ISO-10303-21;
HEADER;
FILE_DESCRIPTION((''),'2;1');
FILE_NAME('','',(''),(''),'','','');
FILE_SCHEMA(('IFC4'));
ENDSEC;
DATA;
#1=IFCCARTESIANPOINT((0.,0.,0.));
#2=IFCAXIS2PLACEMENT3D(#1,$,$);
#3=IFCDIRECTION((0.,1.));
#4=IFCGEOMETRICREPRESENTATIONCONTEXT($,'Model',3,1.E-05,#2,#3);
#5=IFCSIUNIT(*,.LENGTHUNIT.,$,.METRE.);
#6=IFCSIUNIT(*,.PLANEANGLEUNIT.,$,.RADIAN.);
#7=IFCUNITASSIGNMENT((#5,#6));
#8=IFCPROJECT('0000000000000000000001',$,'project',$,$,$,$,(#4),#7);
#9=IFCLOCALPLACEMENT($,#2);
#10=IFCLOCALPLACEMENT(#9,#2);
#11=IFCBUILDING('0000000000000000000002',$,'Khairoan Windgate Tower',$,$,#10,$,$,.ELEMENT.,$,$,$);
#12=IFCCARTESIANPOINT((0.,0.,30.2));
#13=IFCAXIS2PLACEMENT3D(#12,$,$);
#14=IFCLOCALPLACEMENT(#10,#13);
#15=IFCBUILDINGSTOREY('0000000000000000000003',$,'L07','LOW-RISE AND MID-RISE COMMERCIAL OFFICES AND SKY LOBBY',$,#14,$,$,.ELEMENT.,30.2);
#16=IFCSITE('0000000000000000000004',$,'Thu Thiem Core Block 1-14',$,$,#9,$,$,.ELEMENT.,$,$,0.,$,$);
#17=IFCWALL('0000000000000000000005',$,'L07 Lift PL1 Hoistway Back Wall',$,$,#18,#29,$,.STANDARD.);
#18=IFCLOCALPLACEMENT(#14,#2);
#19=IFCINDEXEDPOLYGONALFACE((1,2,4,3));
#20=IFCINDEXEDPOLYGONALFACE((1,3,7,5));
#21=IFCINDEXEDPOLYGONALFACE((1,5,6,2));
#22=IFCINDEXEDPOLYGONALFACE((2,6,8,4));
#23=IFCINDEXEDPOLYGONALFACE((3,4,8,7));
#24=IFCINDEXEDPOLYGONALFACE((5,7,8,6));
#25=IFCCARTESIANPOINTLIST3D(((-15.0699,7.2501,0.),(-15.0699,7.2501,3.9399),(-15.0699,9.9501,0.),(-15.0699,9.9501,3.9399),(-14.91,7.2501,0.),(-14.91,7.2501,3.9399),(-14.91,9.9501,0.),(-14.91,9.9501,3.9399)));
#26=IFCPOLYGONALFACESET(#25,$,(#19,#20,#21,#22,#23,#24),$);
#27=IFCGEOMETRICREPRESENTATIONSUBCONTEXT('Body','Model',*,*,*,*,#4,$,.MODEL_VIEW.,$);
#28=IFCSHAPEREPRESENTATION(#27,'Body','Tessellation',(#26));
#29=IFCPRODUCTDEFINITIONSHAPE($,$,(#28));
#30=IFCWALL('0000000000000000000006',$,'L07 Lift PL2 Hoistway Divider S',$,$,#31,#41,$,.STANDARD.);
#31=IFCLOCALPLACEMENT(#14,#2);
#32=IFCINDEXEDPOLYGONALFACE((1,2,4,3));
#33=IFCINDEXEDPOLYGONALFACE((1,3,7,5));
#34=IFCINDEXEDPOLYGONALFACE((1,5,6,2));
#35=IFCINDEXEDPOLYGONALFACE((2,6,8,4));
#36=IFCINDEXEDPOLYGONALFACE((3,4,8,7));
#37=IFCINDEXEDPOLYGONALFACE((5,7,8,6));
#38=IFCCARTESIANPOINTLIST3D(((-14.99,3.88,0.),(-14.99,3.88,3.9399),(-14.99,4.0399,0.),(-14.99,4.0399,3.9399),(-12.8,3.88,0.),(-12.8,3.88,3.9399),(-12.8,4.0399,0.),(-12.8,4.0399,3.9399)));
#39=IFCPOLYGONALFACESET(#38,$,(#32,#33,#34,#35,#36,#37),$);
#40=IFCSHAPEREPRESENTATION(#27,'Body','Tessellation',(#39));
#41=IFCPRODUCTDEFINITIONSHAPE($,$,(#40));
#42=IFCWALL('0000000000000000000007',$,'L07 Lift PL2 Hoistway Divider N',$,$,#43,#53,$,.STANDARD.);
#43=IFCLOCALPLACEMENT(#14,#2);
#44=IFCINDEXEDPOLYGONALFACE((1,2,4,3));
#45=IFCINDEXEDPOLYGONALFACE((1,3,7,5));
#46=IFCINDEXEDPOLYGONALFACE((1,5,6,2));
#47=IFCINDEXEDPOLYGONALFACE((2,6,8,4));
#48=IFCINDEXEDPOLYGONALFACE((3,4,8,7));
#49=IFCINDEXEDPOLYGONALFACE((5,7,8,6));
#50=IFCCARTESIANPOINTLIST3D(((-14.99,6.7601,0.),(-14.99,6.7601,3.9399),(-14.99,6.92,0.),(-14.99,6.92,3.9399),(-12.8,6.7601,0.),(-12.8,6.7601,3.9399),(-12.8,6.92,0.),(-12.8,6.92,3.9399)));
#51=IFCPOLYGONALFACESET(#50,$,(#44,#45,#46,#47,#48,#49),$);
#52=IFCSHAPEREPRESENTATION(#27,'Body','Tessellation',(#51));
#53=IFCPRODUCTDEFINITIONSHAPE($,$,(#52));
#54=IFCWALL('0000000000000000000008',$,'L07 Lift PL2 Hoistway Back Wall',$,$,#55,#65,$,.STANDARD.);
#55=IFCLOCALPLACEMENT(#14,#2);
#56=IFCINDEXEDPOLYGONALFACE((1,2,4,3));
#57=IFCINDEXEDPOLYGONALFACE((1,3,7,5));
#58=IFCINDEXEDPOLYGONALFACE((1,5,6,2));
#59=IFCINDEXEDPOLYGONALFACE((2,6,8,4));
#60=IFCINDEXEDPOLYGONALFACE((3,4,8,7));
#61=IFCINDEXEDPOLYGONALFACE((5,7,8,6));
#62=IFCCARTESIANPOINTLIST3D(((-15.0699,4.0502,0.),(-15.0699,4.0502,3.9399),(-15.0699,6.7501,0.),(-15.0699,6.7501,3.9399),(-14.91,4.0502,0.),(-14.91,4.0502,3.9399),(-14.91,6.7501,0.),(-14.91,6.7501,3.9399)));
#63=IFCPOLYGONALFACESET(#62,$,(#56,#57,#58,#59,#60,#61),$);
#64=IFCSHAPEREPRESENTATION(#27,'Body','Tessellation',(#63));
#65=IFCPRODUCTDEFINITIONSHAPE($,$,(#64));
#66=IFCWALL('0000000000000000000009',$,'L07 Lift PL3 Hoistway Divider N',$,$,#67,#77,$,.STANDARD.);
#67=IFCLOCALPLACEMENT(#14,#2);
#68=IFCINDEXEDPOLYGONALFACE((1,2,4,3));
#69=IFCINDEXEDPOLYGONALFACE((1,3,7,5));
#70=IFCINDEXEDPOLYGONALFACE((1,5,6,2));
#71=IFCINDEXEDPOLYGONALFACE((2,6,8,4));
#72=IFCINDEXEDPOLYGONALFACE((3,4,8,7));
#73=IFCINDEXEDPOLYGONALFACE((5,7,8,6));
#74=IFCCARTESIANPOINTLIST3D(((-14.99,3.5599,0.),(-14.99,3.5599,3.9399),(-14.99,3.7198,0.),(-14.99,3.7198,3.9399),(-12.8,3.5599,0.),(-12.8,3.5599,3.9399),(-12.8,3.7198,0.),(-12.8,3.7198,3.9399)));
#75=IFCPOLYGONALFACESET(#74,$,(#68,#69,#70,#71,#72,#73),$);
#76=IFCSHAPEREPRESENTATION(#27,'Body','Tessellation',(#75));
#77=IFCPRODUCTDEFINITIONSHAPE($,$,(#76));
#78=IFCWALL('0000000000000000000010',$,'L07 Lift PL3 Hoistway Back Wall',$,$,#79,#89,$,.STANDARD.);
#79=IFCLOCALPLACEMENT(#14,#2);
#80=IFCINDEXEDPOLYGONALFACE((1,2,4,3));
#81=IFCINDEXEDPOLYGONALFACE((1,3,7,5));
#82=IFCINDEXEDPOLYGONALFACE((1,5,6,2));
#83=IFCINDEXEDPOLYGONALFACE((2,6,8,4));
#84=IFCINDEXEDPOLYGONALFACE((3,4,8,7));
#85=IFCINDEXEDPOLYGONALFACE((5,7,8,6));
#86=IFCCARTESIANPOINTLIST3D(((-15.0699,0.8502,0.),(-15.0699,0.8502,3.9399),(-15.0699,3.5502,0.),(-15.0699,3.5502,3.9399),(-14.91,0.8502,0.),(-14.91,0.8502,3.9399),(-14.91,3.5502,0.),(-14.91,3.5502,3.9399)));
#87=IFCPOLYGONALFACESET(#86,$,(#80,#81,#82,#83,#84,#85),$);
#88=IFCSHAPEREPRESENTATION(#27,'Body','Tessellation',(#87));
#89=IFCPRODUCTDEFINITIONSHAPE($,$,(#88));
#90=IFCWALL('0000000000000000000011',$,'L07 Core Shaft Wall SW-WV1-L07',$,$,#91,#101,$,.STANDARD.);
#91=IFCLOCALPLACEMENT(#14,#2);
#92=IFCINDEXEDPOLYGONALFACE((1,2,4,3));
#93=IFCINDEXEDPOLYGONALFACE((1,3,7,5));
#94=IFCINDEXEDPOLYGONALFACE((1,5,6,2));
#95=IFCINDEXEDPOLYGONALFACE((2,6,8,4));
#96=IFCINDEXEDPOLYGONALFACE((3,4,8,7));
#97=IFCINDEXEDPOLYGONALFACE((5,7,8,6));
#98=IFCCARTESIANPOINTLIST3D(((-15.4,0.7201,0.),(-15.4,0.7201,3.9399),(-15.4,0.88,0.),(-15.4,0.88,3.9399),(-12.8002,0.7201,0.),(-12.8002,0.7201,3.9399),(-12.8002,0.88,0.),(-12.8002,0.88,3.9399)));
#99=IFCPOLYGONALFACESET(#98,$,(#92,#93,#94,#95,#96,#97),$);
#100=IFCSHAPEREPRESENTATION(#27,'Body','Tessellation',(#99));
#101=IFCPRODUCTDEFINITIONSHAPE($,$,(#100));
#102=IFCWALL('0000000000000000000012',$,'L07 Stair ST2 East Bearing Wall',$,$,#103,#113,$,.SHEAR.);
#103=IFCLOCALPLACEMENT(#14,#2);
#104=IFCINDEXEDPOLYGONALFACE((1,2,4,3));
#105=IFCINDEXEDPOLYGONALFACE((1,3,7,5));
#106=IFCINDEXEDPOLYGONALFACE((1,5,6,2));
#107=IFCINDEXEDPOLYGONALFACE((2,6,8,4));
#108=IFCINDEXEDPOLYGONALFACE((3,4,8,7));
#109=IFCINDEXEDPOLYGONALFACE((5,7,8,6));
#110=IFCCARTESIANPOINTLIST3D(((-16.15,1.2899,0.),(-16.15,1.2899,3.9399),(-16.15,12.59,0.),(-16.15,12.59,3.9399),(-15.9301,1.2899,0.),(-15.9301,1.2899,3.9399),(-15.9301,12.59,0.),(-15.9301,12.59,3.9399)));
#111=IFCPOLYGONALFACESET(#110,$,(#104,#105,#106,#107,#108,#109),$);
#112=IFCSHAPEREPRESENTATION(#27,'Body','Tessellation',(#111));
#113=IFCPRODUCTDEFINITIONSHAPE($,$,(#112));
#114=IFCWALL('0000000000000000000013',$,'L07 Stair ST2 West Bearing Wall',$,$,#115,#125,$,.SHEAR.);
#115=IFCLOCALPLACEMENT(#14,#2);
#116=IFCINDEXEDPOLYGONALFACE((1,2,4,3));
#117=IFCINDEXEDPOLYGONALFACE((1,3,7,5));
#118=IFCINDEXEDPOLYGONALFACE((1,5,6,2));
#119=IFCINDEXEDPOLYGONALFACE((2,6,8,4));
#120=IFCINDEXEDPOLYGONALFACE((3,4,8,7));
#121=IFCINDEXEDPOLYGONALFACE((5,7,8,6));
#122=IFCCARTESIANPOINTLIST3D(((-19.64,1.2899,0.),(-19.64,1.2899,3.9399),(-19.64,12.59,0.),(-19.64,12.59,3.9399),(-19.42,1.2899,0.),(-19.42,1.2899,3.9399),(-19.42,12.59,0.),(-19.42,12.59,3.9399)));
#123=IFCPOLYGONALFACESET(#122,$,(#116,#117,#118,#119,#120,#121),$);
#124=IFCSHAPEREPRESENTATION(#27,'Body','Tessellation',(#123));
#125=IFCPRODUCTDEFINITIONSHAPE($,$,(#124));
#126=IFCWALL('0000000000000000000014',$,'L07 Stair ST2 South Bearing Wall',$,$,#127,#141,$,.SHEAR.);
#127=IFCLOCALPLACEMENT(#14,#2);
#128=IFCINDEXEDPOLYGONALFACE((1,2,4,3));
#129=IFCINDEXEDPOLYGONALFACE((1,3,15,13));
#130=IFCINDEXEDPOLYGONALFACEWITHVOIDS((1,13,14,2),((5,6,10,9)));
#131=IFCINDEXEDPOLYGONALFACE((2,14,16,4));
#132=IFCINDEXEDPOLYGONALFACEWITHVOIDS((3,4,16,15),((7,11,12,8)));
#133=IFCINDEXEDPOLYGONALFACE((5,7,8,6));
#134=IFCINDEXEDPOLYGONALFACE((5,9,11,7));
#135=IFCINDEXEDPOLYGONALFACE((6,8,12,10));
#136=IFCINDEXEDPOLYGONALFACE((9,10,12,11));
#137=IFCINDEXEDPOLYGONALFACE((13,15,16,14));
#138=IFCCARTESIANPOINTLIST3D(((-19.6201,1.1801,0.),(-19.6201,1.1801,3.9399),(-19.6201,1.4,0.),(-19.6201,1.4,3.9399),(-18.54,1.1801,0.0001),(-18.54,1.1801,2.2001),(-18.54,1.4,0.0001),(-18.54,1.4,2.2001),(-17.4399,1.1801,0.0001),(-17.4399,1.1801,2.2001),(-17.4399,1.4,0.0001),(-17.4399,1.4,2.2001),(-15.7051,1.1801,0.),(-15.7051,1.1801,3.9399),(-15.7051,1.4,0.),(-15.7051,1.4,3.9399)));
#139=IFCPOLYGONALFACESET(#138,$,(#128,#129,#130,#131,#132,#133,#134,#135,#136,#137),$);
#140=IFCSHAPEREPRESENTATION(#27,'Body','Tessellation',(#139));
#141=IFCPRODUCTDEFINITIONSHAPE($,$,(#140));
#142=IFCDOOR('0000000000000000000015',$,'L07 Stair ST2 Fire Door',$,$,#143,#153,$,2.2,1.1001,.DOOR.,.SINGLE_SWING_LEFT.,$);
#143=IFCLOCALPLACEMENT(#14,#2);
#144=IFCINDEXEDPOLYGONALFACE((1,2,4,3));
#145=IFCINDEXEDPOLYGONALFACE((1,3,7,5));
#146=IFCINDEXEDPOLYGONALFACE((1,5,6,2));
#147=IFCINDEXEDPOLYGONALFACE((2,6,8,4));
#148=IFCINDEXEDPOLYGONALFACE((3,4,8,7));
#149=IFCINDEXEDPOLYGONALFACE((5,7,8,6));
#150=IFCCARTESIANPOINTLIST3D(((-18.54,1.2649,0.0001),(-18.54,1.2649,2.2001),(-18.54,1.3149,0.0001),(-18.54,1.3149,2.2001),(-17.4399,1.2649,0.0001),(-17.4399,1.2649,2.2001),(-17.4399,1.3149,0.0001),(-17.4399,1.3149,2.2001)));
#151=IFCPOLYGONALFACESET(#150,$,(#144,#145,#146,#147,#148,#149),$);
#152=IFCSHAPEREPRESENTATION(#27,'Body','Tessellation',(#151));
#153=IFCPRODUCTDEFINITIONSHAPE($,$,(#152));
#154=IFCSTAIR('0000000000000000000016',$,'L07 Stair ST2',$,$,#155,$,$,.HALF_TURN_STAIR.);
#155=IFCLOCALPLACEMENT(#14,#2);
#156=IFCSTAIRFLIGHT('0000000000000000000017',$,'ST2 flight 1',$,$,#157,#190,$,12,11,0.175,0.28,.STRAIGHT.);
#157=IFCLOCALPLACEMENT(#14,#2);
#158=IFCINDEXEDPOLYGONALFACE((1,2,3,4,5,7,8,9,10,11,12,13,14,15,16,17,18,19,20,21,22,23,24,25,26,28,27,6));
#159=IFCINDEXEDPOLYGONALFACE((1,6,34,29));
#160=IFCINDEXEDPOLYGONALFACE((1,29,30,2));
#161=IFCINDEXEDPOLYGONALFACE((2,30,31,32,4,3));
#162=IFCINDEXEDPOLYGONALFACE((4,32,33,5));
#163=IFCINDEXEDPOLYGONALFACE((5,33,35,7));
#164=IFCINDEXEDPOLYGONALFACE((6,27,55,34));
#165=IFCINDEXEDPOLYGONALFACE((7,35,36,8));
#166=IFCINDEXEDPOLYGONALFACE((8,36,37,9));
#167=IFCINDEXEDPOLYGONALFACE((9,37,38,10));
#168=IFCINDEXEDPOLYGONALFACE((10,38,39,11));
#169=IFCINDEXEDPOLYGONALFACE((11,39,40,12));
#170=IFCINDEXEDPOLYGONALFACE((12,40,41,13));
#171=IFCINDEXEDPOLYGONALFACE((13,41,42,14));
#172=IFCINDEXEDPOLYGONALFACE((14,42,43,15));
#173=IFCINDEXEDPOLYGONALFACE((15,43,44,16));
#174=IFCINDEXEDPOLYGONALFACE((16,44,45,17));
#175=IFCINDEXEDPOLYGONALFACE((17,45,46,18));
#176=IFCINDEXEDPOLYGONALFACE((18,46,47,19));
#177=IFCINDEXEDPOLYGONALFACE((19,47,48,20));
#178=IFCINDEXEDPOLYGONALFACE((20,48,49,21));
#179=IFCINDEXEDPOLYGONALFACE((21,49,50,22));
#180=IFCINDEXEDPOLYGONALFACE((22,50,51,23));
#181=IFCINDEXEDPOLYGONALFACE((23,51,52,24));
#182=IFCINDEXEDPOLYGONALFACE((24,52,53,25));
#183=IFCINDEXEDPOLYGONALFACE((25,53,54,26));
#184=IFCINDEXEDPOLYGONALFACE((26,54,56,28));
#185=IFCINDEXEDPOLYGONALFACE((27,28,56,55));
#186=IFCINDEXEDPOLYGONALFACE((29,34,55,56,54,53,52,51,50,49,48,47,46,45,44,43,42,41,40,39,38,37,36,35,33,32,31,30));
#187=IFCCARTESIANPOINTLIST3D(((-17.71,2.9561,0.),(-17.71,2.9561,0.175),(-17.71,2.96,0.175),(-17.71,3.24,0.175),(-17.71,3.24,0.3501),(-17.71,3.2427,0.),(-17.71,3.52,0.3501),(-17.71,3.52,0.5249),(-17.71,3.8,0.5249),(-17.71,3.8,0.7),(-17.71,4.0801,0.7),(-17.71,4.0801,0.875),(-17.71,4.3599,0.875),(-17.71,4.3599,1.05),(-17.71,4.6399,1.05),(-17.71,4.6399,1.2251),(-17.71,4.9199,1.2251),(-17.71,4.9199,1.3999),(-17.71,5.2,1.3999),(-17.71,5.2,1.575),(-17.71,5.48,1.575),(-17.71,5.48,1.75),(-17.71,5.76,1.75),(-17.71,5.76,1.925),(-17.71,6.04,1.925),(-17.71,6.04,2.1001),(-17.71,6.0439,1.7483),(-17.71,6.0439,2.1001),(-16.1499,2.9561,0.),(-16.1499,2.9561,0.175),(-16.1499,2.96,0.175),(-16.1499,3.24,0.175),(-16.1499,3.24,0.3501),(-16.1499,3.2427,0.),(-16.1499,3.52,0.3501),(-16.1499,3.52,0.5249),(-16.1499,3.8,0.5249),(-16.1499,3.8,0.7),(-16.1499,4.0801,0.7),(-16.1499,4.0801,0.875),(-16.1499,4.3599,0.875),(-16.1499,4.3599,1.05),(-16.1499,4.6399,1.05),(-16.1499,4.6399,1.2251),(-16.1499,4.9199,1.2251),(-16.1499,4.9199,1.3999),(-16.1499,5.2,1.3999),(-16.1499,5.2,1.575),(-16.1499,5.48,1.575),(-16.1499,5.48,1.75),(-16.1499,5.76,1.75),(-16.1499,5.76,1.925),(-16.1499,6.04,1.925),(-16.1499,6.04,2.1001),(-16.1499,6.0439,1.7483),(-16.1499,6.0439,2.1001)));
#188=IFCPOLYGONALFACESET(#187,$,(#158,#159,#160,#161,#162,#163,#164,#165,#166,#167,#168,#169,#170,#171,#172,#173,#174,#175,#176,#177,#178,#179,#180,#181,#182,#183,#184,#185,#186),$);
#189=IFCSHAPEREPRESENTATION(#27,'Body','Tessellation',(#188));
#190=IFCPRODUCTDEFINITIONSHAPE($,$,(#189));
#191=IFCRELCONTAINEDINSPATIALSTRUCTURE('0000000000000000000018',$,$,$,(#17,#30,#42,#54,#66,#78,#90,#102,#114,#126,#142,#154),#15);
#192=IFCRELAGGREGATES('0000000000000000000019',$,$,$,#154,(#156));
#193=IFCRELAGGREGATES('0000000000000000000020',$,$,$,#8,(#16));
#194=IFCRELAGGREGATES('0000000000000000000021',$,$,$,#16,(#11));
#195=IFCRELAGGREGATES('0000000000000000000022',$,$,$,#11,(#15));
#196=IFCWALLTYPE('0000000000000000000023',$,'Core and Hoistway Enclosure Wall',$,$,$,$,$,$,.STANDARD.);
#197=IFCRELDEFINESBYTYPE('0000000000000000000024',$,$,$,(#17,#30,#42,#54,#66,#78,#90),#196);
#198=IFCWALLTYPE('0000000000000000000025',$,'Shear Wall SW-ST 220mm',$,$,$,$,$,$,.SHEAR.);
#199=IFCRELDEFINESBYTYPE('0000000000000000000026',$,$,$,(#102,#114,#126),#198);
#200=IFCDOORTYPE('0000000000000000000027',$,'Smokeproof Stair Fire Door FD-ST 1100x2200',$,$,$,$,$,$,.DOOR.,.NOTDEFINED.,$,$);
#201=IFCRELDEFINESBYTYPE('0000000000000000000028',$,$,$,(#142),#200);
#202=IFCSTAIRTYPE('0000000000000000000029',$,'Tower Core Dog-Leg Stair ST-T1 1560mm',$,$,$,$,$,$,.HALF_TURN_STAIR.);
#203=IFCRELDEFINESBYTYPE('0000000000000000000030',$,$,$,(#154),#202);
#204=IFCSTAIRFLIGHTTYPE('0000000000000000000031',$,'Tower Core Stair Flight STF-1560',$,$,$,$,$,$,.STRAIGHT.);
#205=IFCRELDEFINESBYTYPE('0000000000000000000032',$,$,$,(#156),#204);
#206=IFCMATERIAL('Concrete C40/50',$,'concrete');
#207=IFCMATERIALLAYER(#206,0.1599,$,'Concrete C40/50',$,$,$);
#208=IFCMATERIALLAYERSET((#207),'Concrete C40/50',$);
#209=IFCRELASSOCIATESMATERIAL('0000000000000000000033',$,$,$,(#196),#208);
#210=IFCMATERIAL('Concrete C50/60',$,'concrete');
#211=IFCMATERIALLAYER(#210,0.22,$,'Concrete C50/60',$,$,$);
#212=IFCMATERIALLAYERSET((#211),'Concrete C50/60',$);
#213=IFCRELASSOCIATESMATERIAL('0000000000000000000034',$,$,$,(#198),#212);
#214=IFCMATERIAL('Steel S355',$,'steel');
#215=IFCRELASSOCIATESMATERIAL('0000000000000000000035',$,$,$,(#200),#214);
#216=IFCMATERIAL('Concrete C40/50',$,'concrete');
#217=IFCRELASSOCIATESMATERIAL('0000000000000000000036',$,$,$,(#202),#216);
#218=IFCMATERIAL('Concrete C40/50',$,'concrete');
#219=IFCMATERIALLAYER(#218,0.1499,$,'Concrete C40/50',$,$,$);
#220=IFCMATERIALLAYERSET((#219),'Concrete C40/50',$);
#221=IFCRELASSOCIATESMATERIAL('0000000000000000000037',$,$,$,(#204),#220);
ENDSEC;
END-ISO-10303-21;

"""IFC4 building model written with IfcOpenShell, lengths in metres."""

from ifc_helpers import new_model, si_unit, direction, frame, frame_2d, origin, place, context, subcontext, project, spatial, polyline, rectangle, outline, extrude, material, layer, layer_set, type_object, element, fill, aggregate, save


model = new_model("IFC4")

# Units and contexts
model_context = context("Model", 3, precision=1e-05, world=origin(), true_north=direction((0.0, 1.0)))
body_context = subcontext(model_context, "Body", "Model", "MODEL_VIEW")
ifc_project = project(units=[si_unit("LENGTHUNIT", "METRE"), si_unit("PLANEANGLEUNIT", "RADIAN")], contexts=[model_context])

# Site, building, storey
site_placement = place(None, origin())
site = spatial("IfcSite", under=ifc_project, at=site_placement, Name="Thu Thiem Core Block 1-14", CompositionType="ELEMENT", RefElevation=0.0)
building_placement = place(site_placement, origin())
building = spatial("IfcBuilding", under=site, at=building_placement, Name="Khairoan Windgate Tower", CompositionType="ELEMENT")
storey_placement = place(building_placement, frame((0.0, 0.0, 30.2)))
storey = spatial("IfcBuildingStorey", under=building, at=storey_placement, Name="L07", Description="LOW-RISE AND MID-RISE COMMERCIAL OFFICES AND SKY LOBBY", CompositionType="ELEMENT", Elevation=30.2)

# Walls
ifc_material_1 = material(Name="Concrete C40/50", Category="concrete")
ifc_layer_1 = layer(ifc_material_1, 0.1599, Name="Concrete C40/50")
ifc_layer_set_1 = layer_set([ifc_layer_1], Name="Concrete C40/50")
wall_type_1 = type_object("IfcWallType", Name="Core and Hoistway Enclosure Wall", PredefinedType="STANDARD", material=ifc_layer_set_1)
wall_1_placement = place(storey_placement, frame((-14.99, 7.25, 0.0), z_axis=(0.0, 0.0, 1.0), x_axis=(0.0, 1.0, 0.0)))
element("IfcWall", 1, at=wall_1_placement, inside=storey, type_object=wall_type_1, Name="L07 Lift PL1 Hoistway Back Wall", PredefinedType="STANDARD", context=body_context, shape_type="SweptSolid", body=[
    extrude(rectangle(XDim=2.7, YDim=0.1599, at=frame_2d((1.3501, 0.0))), origin(), (0.0, 0.0, 1.0), 3.9399),
])
for number, where, z_axis, x_axis, name in (
    (2, (-14.99, 3.96, 0.0), (0.0, 0.0, 1.0), (1.0, 0.0, 0.0), "L07 Lift PL2 Hoistway Divider S"),
    (3, (-14.99, 6.8401, 0.0), (0.0, 0.0, 1.0), (1.0, 0.0, 0.0), "L07 Lift PL2 Hoistway Divider N"),
):
    element("IfcWall", number, at=place(storey_placement, frame(where, z_axis=z_axis, x_axis=x_axis)), inside=storey, type_object=wall_type_1, Name=name, PredefinedType="STANDARD", context=body_context, shape_type="SweptSolid", body=[
        extrude(rectangle(XDim=2.1899, YDim=0.1599, at=frame_2d((1.095, 0.0))), origin(), (0.0, 0.0, 1.0), 3.9399),
    ])
wall_2_placement = place(storey_placement, frame((-14.99, 4.05, 0.0), z_axis=(0.0, 0.0, 1.0), x_axis=(0.0, 1.0, 0.0)))
element("IfcWall", 4, at=wall_2_placement, inside=storey, type_object=wall_type_1, Name="L07 Lift PL2 Hoistway Back Wall", PredefinedType="STANDARD", context=body_context, shape_type="SweptSolid", body=[
    extrude(rectangle(XDim=2.7, YDim=0.1599, at=frame_2d((1.3501, 0.0))), origin(), (0.0, 0.0, 1.0), 3.9399),
])
wall_3_placement = place(storey_placement, frame((-14.99, 3.6399, 0.0), z_axis=(0.0, 0.0, 1.0), x_axis=(1.0, 0.0, 0.0)))
element("IfcWall", 5, at=wall_3_placement, inside=storey, type_object=wall_type_1, Name="L07 Lift PL3 Hoistway Divider N", PredefinedType="STANDARD", context=body_context, shape_type="SweptSolid", body=[
    extrude(rectangle(XDim=2.1899, YDim=0.1599, at=frame_2d((1.095, 0.0))), origin(), (0.0, 0.0, 1.0), 3.9399),
])
wall_4_placement = place(storey_placement, frame((-14.99, 0.8501, 0.0), z_axis=(0.0, 0.0, 1.0), x_axis=(0.0, 1.0, 0.0)))
element("IfcWall", 6, at=wall_4_placement, inside=storey, type_object=wall_type_1, Name="L07 Lift PL3 Hoistway Back Wall", PredefinedType="STANDARD", context=body_context, shape_type="SweptSolid", body=[
    extrude(rectangle(XDim=2.7, YDim=0.1599, at=frame_2d((1.3501, 0.0))), origin(), (0.0, 0.0, 1.0), 3.9399),
])
wall_5_placement = place(storey_placement, frame((-15.3999, 0.8, 0.0), z_axis=(0.0, 0.0, 1.0), x_axis=(1.0, 0.0, 0.0)))
element("IfcWall", 7, at=wall_5_placement, inside=storey, type_object=wall_type_1, Name="L07 Core Shaft Wall SW-WV1-L07", PredefinedType="STANDARD", context=body_context, shape_type="SweptSolid", body=[
    extrude(rectangle(XDim=2.5999, YDim=0.1599, at=frame_2d((1.2998, 0.0))), origin(), (0.0, 0.0, 1.0), 3.9399),
])
ifc_material_2 = material(Name="Concrete C50/60", Category="concrete")
ifc_layer_2 = layer(ifc_material_2, 0.22, Name="Concrete C50/60")
ifc_layer_set_2 = layer_set([ifc_layer_2], Name="Concrete C50/60")
wall_type_2 = type_object("IfcWallType", Name="Shear Wall SW-ST 220mm", PredefinedType="SHEAR", material=ifc_layer_set_2)
for number, where, z_axis, x_axis, name in (
    (8, (-16.04, 1.29, 0.0), (0.0, 0.0, 1.0), (0.0, 1.0, 0.0), "L07 Stair ST2 East Bearing Wall"),
    (9, (-19.53, 1.29, 0.0), (0.0, 0.0, 1.0), (0.0, 1.0, 0.0), "L07 Stair ST2 West Bearing Wall"),
):
    element("IfcWall", number, at=place(storey_placement, frame(where, z_axis=z_axis, x_axis=x_axis)), inside=storey, type_object=wall_type_2, Name=name, PredefinedType="SHEAR", context=body_context, shape_type="SweptSolid", body=[
        extrude(rectangle(XDim=11.3, YDim=0.22, at=frame_2d((5.6499, 0.0))), origin(), (0.0, 0.0, 1.0), 3.9399),
    ])

# Wall, opening, door
wall_6_placement = place(storey_placement, frame((-19.6201, 1.29, 0.0), z_axis=(0.0, 0.0, 1.0), x_axis=(1.0, 0.0, 0.0)))
wall_6 = element("IfcWall", 10, at=wall_6_placement, inside=storey, type_object=wall_type_2, Name="L07 Stair ST2 South Bearing Wall", PredefinedType="SHEAR", context=body_context, shape_type="SweptSolid", body=[
    extrude(rectangle(XDim=3.915, YDim=0.22, at=frame_2d((1.9575, 0.0))), origin(), (0.0, 0.0, 1.0), 3.9399),
])
opening_placement = place(wall_6_placement, frame((1.0801, 0.0, 0.0)))
opening = element("IfcOpeningElement", 11, at=opening_placement, cuts=wall_6, PredefinedType="OPENING", context=body_context, shape_type="SweptSolid", body=[
    extrude(rectangle(XDim=1.1001, YDim=2.2, at=frame_2d((0.55, 1.1001))), frame((0.0, 0.1199, 0.0), z_axis=(0.0, -1.0, 0.0), x_axis=(1.0, 0.0, 0.0)), (0.0, 0.0, 1.0), 0.24),
])
ifc_material_3 = material(Name="Steel S355", Category="steel")
door_type = type_object("IfcDoorType", Name="Smokeproof Stair Fire Door FD-ST 1100x2200", OperationType="NOTDEFINED", PredefinedType="DOOR", material=ifc_material_3)
door_placement = place(opening_placement, origin())
door = element("IfcDoor", 12, at=door_placement, inside=storey, type_object=door_type, Name="L07 Stair ST2 Fire Door", OperationType="SINGLE_SWING_LEFT", OverallHeight=2.2, OverallWidth=1.1001, PredefinedType="DOOR", context=body_context, shape_type="SweptSolid", body=[
    extrude(rectangle(XDim=1.1001, YDim=2.2, at=frame_2d((0.55, 1.1001))), frame((0.0, 0.0249, 0.0), z_axis=(0.0, -1.0, 0.0), x_axis=(1.0, 0.0, 0.0)), (0.0, 0.0, 1.0), 0.05),
])
fill(opening, door)

# Stair, stair flight
ifc_material_4 = material(Name="Concrete C40/50", Category="concrete")
stair_type = type_object("IfcStairType", Name="Tower Core Dog-Leg Stair ST-T1 1560mm", PredefinedType="HALF_TURN_STAIR", material=ifc_material_4)
stair_placement = place(storey_placement, origin())
stair = element("IfcStair", 13, at=stair_placement, inside=storey, type_object=stair_type, Name="L07 Stair ST2", PredefinedType="HALF_TURN_STAIR")
ifc_material_5 = material(Name="Concrete C40/50", Category="concrete")
ifc_layer_3 = layer(ifc_material_5, 0.1499, Name="Concrete C40/50")
ifc_layer_set_3 = layer_set([ifc_layer_3], Name="Concrete C40/50")
stair_flight_type = type_object("IfcStairFlightType", Name="Tower Core Stair Flight STF-1560", PredefinedType="STRAIGHT", material=ifc_layer_set_3)
stair_flight_1_placement = place(storey_placement, frame((-16.9299, 2.96, 0.0), z_axis=(0.0, 0.0, 1.0), x_axis=(0.0, 1.0, 0.0)))
stair_flight_1 = element("IfcStairFlight", 14, at=stair_flight_1_placement, type_object=stair_flight_type, Name="ST2 flight 1", NumberOfRisers=12, NumberOfTreads=11, PredefinedType="STRAIGHT", RiserHeight=0.175, TreadLength=0.28, context=body_context, shape_type="SweptSolid", body=[
    extrude(outline(polyline([(-0.0039, 0.0), (-0.0039, 0.175), (0.0, 0.175), (0.28, 0.175), (0.28, 0.3501), (0.5601, 0.3501), (0.5601, 0.5249), (0.8401, 0.5249), (0.8401, 0.7), (1.1201, 0.7), (1.1201, 0.875), (1.3999, 0.875), (1.3999, 1.05), (1.6799, 1.05), (1.6799, 1.2251), (1.96, 1.2251), (1.96, 1.3999), (2.24, 1.3999), (2.24, 1.575), (2.52, 1.575), (2.52, 1.75), (2.8, 1.75), (2.8, 1.925), (3.0801, 1.925), (3.0801, 2.1001), (3.084, 2.1001), (3.084, 1.7483), (0.2827, 0.0), (-0.0039, 0.0)])), frame((0.0, 0.78, 0.0), z_axis=(0.0, -1.0, 0.0), x_axis=(1.0, 0.0, 0.0)), (0.0, 0.0, 1.0), 1.5601),
])
aggregate(stair, [stair_flight_1])

save(model, "model.ifc")
